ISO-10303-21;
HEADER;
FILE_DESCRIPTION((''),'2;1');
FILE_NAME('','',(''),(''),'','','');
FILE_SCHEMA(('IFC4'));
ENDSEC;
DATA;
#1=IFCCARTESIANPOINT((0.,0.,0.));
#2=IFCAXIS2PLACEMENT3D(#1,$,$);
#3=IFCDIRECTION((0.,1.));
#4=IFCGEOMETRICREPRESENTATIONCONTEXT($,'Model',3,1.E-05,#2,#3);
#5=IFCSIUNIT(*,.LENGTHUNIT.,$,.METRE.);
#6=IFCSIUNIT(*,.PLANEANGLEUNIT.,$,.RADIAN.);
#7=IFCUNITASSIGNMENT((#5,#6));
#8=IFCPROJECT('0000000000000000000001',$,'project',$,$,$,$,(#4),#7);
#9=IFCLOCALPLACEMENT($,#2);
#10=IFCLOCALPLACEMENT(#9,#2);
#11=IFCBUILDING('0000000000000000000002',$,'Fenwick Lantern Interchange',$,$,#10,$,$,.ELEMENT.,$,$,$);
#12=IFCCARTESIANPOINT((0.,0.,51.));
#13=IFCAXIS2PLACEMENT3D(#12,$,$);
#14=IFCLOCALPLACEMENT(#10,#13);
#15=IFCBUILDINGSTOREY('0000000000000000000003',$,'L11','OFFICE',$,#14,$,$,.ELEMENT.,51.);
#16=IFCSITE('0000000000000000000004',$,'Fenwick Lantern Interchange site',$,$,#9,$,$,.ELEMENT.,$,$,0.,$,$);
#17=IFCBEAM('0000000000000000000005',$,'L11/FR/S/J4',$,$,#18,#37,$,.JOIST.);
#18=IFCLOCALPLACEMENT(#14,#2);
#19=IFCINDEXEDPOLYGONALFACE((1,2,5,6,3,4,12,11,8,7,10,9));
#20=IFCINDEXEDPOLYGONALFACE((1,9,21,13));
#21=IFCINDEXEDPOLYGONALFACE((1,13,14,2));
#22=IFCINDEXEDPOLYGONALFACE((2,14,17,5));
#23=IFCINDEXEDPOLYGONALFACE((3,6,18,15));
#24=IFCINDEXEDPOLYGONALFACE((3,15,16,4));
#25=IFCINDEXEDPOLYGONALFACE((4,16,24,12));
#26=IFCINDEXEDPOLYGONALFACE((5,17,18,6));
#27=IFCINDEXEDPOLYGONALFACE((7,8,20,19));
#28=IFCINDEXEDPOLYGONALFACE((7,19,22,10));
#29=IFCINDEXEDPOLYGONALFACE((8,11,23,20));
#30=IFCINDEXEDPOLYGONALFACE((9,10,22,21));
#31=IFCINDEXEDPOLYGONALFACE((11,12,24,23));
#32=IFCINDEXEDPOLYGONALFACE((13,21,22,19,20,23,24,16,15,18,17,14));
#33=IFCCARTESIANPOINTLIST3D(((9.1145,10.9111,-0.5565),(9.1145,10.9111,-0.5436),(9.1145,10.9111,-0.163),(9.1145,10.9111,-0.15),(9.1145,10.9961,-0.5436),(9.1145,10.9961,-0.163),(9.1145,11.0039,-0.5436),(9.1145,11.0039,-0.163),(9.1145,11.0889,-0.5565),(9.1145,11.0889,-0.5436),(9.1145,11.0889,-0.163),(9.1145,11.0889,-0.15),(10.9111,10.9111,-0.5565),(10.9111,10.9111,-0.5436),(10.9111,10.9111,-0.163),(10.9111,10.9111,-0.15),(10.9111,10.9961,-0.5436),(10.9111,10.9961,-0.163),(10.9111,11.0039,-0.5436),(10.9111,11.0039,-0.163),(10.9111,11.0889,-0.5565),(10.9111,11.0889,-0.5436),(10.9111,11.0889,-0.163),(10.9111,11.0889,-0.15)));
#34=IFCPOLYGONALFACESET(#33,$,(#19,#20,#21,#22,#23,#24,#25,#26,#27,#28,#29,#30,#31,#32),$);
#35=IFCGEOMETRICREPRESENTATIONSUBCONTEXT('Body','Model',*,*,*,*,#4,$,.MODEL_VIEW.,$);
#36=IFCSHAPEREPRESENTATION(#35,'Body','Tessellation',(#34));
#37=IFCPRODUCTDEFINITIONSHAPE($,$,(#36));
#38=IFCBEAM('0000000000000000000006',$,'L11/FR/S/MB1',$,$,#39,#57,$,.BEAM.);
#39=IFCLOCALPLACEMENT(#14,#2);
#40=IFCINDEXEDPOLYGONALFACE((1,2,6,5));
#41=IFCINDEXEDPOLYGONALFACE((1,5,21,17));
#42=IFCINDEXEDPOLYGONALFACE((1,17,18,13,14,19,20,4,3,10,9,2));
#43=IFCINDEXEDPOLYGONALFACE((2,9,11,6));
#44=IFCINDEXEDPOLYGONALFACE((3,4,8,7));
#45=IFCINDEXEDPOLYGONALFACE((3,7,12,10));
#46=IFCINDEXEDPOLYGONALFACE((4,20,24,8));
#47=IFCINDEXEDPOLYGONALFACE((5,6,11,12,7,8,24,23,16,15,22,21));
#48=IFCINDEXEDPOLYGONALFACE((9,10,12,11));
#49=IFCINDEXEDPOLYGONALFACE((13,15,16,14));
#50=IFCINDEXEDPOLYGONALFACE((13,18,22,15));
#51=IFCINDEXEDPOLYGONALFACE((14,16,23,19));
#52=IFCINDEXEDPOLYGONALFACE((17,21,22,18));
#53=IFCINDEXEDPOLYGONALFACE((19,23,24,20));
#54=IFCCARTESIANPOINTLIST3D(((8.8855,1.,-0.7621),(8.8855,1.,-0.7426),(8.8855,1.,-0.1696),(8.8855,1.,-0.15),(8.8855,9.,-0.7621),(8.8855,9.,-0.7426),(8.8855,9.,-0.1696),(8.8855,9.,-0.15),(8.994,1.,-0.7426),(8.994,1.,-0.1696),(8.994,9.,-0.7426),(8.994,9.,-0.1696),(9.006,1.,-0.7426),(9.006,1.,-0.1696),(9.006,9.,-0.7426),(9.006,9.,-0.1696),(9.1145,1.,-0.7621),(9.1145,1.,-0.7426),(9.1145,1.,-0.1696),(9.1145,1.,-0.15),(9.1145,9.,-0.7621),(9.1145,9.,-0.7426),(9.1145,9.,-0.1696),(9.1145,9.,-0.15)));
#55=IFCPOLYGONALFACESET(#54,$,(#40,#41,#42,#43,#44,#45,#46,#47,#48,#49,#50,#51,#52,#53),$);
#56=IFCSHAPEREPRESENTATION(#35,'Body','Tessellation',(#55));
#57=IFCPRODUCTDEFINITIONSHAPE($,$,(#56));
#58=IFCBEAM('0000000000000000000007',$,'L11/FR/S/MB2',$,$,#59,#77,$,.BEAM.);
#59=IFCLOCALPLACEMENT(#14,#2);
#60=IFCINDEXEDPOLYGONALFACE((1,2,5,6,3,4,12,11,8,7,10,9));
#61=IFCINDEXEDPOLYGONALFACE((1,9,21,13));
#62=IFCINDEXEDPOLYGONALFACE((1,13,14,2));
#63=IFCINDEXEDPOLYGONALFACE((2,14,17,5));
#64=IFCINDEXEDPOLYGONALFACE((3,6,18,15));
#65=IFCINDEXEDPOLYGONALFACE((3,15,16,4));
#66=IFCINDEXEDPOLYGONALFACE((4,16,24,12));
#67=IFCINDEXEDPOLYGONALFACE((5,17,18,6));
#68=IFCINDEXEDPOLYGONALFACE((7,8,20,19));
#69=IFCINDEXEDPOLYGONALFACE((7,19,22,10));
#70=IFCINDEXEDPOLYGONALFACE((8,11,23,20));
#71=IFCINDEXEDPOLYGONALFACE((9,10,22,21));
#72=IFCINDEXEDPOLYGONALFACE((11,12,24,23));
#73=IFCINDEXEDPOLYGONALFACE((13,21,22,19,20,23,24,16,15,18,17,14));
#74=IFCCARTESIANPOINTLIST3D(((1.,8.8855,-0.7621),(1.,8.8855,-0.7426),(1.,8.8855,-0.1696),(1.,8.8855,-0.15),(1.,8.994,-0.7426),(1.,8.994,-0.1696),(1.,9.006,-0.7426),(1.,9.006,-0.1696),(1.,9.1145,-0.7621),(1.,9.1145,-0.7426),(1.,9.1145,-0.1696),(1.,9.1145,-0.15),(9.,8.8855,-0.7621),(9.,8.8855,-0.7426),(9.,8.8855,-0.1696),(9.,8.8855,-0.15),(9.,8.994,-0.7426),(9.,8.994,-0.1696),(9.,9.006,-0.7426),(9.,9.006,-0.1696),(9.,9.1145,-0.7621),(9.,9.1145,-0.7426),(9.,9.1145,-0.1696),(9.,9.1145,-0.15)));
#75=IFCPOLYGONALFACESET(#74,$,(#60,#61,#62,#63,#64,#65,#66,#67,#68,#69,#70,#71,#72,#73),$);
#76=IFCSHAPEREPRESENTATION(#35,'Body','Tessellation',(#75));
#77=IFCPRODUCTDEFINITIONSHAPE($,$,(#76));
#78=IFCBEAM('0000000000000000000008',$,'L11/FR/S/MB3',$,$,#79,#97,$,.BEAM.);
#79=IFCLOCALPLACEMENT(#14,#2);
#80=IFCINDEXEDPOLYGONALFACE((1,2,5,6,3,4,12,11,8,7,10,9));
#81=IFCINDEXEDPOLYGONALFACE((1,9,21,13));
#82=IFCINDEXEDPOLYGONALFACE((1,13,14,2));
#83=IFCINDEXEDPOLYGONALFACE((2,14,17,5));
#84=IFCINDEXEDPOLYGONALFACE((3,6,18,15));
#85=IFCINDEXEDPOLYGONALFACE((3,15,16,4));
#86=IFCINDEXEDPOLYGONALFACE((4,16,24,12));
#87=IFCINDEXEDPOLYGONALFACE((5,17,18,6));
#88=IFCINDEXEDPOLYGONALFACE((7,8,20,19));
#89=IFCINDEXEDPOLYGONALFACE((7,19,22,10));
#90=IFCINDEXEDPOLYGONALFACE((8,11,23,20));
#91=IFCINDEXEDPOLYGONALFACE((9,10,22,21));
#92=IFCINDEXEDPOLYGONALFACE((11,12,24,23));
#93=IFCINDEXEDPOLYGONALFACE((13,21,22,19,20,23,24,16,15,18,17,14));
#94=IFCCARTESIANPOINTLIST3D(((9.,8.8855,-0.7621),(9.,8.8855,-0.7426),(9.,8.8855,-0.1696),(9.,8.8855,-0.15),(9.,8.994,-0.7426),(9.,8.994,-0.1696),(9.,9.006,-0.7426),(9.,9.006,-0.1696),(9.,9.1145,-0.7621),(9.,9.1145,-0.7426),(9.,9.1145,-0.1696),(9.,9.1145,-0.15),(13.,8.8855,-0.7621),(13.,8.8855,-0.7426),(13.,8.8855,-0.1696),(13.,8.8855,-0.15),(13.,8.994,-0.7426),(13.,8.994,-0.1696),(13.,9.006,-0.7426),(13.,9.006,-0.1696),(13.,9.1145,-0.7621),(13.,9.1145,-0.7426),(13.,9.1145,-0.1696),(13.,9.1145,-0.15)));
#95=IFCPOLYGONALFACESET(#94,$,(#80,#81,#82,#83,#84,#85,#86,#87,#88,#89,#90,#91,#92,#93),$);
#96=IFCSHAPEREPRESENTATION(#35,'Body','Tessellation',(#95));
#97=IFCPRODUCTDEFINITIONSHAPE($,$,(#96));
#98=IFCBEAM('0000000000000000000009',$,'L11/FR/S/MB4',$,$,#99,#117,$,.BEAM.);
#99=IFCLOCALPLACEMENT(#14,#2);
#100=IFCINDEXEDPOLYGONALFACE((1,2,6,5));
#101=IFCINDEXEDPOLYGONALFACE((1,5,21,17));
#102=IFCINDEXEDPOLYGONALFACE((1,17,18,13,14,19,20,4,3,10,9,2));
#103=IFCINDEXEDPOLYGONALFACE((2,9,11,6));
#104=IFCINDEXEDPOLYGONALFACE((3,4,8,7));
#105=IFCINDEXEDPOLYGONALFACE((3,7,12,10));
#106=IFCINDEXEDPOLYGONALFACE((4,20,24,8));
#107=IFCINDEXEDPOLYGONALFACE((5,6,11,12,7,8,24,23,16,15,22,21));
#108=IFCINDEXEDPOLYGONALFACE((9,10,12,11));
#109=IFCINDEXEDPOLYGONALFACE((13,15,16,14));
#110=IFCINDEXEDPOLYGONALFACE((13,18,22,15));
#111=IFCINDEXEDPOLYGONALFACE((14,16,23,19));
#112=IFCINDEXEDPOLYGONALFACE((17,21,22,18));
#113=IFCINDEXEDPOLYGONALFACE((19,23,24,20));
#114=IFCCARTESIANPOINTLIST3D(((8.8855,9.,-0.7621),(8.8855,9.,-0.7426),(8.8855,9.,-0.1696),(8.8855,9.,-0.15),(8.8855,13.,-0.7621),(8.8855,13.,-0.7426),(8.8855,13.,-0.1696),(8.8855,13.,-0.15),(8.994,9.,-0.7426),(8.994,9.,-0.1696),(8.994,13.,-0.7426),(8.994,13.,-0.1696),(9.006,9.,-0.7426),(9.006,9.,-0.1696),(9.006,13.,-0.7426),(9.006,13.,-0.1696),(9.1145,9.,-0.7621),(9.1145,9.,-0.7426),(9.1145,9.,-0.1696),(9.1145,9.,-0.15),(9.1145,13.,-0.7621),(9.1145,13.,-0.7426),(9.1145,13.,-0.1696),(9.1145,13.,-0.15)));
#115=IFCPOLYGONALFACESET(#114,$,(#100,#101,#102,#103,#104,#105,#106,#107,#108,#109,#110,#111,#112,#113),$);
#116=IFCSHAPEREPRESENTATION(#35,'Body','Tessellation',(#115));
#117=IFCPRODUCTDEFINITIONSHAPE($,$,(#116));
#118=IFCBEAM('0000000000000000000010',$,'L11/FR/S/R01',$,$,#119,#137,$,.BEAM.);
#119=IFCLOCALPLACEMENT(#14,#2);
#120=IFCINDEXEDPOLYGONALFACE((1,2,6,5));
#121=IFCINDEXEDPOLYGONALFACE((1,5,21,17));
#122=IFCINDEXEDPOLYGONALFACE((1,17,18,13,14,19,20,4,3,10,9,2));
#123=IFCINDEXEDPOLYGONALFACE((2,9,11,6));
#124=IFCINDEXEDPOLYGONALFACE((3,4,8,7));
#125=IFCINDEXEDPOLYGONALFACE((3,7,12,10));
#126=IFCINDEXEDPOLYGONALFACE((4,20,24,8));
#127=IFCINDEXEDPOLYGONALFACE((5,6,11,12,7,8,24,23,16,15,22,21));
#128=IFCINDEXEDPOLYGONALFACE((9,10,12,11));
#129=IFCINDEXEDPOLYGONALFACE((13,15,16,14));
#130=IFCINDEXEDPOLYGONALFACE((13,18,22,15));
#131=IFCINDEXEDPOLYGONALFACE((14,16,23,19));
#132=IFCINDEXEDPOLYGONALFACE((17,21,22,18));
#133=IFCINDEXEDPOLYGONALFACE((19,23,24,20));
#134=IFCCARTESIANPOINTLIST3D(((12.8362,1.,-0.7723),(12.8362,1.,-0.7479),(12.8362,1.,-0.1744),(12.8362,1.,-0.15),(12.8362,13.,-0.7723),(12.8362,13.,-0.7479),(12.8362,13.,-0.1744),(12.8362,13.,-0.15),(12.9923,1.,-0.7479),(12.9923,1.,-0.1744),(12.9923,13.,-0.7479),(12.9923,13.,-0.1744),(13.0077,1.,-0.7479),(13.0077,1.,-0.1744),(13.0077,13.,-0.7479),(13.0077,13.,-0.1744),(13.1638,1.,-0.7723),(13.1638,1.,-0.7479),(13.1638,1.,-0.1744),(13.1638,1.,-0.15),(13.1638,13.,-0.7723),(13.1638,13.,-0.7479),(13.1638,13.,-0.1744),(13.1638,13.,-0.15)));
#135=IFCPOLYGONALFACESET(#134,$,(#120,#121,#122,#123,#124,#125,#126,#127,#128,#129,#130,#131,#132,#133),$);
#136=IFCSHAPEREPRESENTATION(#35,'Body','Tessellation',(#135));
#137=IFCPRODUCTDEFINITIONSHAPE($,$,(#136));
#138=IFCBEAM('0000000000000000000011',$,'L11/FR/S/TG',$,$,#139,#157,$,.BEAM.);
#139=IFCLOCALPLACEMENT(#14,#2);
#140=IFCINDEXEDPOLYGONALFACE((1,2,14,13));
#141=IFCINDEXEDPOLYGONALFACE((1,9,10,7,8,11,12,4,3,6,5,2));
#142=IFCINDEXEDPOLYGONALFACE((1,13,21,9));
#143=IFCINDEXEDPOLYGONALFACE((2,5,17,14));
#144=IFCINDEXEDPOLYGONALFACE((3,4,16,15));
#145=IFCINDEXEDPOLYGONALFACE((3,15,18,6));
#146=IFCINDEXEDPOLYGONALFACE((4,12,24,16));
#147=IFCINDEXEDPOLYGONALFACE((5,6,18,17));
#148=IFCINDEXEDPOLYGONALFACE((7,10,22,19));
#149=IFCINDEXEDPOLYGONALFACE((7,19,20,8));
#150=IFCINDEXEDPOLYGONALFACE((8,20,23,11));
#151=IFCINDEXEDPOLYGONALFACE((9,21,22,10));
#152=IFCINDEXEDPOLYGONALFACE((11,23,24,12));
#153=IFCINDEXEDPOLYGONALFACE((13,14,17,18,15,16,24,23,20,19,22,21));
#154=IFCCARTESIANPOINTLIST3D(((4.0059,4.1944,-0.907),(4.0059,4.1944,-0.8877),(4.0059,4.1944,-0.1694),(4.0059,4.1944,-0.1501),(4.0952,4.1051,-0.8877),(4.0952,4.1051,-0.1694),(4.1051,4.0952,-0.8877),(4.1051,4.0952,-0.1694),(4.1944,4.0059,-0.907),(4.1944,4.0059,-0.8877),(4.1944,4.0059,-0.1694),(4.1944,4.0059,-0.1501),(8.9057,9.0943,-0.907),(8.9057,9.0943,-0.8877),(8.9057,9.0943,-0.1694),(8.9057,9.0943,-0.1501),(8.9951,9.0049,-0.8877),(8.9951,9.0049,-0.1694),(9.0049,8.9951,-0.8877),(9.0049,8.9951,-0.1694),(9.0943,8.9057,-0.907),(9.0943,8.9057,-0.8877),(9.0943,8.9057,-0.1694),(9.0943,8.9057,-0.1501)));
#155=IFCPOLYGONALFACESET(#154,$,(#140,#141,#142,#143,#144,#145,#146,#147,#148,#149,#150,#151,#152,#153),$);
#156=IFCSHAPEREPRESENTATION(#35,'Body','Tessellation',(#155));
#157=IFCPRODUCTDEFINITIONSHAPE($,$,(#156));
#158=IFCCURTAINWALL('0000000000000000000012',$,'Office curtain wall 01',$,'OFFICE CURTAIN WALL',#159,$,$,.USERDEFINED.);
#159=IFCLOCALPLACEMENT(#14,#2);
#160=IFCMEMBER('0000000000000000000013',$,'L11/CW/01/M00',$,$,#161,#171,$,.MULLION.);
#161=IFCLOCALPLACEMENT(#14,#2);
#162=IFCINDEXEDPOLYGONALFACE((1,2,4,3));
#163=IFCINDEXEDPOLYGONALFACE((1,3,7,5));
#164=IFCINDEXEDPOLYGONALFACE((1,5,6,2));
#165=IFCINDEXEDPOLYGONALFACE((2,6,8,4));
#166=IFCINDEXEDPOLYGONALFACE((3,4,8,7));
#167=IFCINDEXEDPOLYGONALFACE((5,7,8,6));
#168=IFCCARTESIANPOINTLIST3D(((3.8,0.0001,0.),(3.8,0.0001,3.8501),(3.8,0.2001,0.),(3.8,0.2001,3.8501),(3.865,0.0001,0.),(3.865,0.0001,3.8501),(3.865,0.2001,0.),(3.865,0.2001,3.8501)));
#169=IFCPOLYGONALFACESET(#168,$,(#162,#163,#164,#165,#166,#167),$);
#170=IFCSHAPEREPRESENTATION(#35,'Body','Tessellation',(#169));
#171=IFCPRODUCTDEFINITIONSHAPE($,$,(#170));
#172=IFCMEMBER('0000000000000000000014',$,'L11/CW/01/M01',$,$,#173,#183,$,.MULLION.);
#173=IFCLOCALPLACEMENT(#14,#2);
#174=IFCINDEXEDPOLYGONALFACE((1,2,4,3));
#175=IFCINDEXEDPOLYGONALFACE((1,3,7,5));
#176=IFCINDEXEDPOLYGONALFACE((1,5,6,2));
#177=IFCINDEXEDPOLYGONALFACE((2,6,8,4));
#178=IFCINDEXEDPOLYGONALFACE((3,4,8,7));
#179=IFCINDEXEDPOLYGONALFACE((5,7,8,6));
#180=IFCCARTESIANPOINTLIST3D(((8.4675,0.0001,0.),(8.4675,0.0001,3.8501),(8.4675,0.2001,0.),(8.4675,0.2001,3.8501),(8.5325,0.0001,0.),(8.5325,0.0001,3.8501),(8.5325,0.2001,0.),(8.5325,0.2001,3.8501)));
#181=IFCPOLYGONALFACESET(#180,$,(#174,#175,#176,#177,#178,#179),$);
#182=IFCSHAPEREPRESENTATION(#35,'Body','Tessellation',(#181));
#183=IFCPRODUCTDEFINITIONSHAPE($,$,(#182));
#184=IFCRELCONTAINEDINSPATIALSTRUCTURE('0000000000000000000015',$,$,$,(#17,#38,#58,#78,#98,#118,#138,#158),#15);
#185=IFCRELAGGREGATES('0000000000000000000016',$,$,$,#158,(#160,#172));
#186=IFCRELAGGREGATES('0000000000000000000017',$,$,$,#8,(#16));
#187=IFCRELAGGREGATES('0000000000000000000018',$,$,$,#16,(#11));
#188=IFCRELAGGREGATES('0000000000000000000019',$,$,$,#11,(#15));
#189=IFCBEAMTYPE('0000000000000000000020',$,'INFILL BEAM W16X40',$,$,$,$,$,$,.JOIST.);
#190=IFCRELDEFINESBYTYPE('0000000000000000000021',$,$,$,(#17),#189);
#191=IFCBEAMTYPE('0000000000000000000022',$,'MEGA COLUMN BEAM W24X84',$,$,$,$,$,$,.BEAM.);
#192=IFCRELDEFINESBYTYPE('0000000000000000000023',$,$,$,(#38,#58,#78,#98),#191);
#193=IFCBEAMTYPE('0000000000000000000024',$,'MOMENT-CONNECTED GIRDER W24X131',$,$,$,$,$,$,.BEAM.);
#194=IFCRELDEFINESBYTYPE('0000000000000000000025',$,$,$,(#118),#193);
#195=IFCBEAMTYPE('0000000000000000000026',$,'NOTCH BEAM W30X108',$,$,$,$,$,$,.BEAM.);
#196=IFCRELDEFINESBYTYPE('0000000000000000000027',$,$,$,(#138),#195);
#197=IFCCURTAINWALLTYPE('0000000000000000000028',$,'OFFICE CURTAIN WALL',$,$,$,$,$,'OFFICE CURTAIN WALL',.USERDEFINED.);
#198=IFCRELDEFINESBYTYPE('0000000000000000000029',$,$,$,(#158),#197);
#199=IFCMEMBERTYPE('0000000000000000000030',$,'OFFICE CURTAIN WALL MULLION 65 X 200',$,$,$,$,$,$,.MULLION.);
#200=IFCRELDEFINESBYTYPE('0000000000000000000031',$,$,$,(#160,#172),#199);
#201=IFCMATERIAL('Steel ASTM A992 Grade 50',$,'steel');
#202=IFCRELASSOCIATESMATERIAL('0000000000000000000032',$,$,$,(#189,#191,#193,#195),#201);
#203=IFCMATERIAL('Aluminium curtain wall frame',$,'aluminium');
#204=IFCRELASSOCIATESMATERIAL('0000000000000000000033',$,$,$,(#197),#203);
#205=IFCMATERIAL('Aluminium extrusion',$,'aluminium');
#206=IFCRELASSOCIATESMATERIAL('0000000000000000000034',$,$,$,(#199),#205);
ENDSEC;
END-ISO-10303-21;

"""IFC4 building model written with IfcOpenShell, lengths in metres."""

from ifc_helpers import new_model, si_unit, direction, frame, origin, origin_2d, place, context, subcontext, project, spatial, rectangle, i_section, extrude, material, material_profile, profile_set, type_object, element, aggregate, save


model = new_model("IFC4")

# Units and contexts
model_context = context("Model", 3, precision=1e-05, world=origin(), true_north=direction((0.0, 1.0)))
body_context = subcontext(model_context, "Body", "Model", "MODEL_VIEW")
ifc_project = project(units=[si_unit("LENGTHUNIT", "METRE"), si_unit("PLANEANGLEUNIT", "RADIAN")], contexts=[model_context])

# Site, building, storey
site_placement = place(None, origin())
site = spatial("IfcSite", under=ifc_project, at=site_placement, Name="Fenwick Lantern Interchange site", CompositionType="ELEMENT", RefElevation=0.0)
building_placement = place(site_placement, origin())
building = spatial("IfcBuilding", under=site, at=building_placement, Name="Fenwick Lantern Interchange", CompositionType="ELEMENT")
storey_placement = place(building_placement, frame((0.0, 0.0, 51.0)))
storey = spatial("IfcBuildingStorey", under=building, at=storey_placement, Name="L11", Description="OFFICE", CompositionType="ELEMENT", Elevation=51.0)

# Beams
ifc_material_1 = material(Name="Steel ASTM A992 Grade 50", Category="steel")
ifc_material_profile_1 = material_profile(ifc_material_1, i_section(OverallWidth=0.1777, OverallDepth=0.4065, WebThickness=0.0078, FlangeThickness=0.0129, at=origin_2d()), Name="W16X40")
ifc_profile_set_1 = profile_set([ifc_material_profile_1], Name="Steel ASTM A992 Grade 50")
beam_type_1 = type_object("IfcBeamType", Name="INFILL BEAM W16X40", PredefinedType="JOIST", material=ifc_profile_set_1)
beam_1_placement = place(storey_placement, frame((9.1145, 11.0, -0.3533), z_axis=(1.0, 0.0, 0.0), x_axis=(0.0, 1.0, 0.0)))
element("IfcBeam", 1, at=beam_1_placement, inside=storey, type_object=beam_type_1, Name="L11/FR/S/J4", PredefinedType="JOIST", context=body_context, shape_type="SweptSolid", body=[
    extrude(i_section(OverallWidth=0.1777, OverallDepth=0.4065, WebThickness=0.0078, FlangeThickness=0.0129, at=origin_2d()), origin(), (0.0, 0.0, 1.0), 1.7966),
])
ifc_material_profile_2 = material_profile(ifc_material_1, i_section(OverallWidth=0.229, OverallDepth=0.6121, WebThickness=0.012, FlangeThickness=0.0195, at=origin_2d()), Name="W24X84")
ifc_profile_set_2 = profile_set([ifc_material_profile_2], Name="Steel ASTM A992 Grade 50")
beam_type_2 = type_object("IfcBeamType", Name="MEGA COLUMN BEAM W24X84", PredefinedType="BEAM", material=ifc_profile_set_2)
for number, where, z_axis, x_axis, name in (
    (2, (9.0, 9.0, -0.4561), (0.0, -1.0, 0.0), (1.0, 0.0, 0.0), "L11/FR/S/MB1"),
    (3, (9.0, 9.0, -0.4561), (-1.0, 0.0, 0.0), (0.0, -1.0, 0.0), "L11/FR/S/MB2"),
):
    element("IfcBeam", number, at=place(storey_placement, frame(where, z_axis=z_axis, x_axis=x_axis)), inside=storey, type_object=beam_type_2, Name=name, PredefinedType="BEAM", context=body_context, shape_type="SweptSolid", body=[
        extrude(i_section(OverallWidth=0.229, OverallDepth=0.6121, WebThickness=0.012, FlangeThickness=0.0195, at=origin_2d()), origin(), (0.0, 0.0, 1.0), 8.0),
    ])
for number, where, z_axis, x_axis, name in (
    (4, (9.0, 9.0, -0.4561), (1.0, 0.0, 0.0), (0.0, 1.0, 0.0), "L11/FR/S/MB3"),
    (5, (9.0, 9.0, -0.4561), (0.0, 1.0, 0.0), (-1.0, 0.0, 0.0), "L11/FR/S/MB4"),
):
    element("IfcBeam", number, at=place(storey_placement, frame(where, z_axis=z_axis, x_axis=x_axis)), inside=storey, type_object=beam_type_2, Name=name, PredefinedType="BEAM", context=body_context, shape_type="SweptSolid", body=[
        extrude(i_section(OverallWidth=0.229, OverallDepth=0.6121, WebThickness=0.012, FlangeThickness=0.0195, at=origin_2d()), origin(), (0.0, 0.0, 1.0), 4.0),
    ])
ifc_material_profile_3 = material_profile(ifc_material_1, i_section(OverallWidth=0.3276, OverallDepth=0.6223, WebThickness=0.0154, FlangeThickness=0.0244, at=origin_2d()), Name="W24X131")
ifc_profile_set_3 = profile_set([ifc_material_profile_3], Name="Steel ASTM A992 Grade 50")
beam_type_3 = type_object("IfcBeamType", Name="MOMENT-CONNECTED GIRDER W24X131", PredefinedType="BEAM", material=ifc_profile_set_3)
beam_2_placement = place(storey_placement, frame((13.0, 1.0, -0.4612), z_axis=(0.0, 1.0, 0.0), x_axis=(-1.0, 0.0, 0.0)))
element("IfcBeam", 6, at=beam_2_placement, inside=storey, type_object=beam_type_3, Name="L11/FR/S/R01", PredefinedType="BEAM", context=body_context, shape_type="SweptSolid", body=[
    extrude(i_section(OverallWidth=0.3276, OverallDepth=0.6223, WebThickness=0.0154, FlangeThickness=0.0244, at=origin_2d()), origin(), (0.0, 0.0, 1.0), 12.0),
])
ifc_material_profile_4 = material_profile(ifc_material_1, i_section(OverallWidth=0.2666, OverallDepth=0.7568, WebThickness=0.0139, FlangeThickness=0.0193, at=origin_2d()), Name="W30X108")
ifc_profile_set_4 = profile_set([ifc_material_profile_4], Name="Steel ASTM A992 Grade 50")
beam_type_4 = type_object("IfcBeamType", Name="NOTCH BEAM W30X108", PredefinedType="BEAM", material=ifc_profile_set_4)
beam_3_placement = place(storey_placement, frame((9.0, 9.0, -0.5286), z_axis=(-0.707107, -0.707107, 0.0), x_axis=(0.707107, -0.707107, 0.0)))
element("IfcBeam", 7, at=beam_3_placement, inside=storey, type_object=beam_type_4, Name="L11/FR/S/TG", PredefinedType="BEAM", context=body_context, shape_type="SweptSolid", body=[
    extrude(i_section(OverallWidth=0.2666, OverallDepth=0.7568, WebThickness=0.0139, FlangeThickness=0.0193, at=origin_2d()), origin(), (0.0, 0.0, 1.0), 6.9294),
])

# Curtain wall, members
ifc_material_2 = material(Name="Aluminium curtain wall frame", Category="aluminium")
curtain_wall_type = type_object("IfcCurtainWallType", Name="OFFICE CURTAIN WALL", ElementType="OFFICE CURTAIN WALL", PredefinedType="USERDEFINED", material=ifc_material_2)
curtain_wall_1_placement = place(storey_placement, origin())
curtain_wall_1 = element("IfcCurtainWall", 8, at=curtain_wall_1_placement, inside=storey, type_object=curtain_wall_type, Name="Office curtain wall 01", ObjectType="OFFICE CURTAIN WALL", PredefinedType="USERDEFINED")
ifc_material_3 = material(Name="Aluminium extrusion", Category="aluminium")
ifc_material_profile_5 = material_profile(ifc_material_3, rectangle(XDim=0.2, YDim=0.0649, at=origin_2d()), Name="OFFICE CURTAIN WALL MULLION 65 X 200")
ifc_profile_set_5 = profile_set([ifc_material_profile_5], Name="Aluminium extrusion")
member_type_1 = type_object("IfcMemberType", Name="OFFICE CURTAIN WALL MULLION 65 X 200", PredefinedType="MULLION", material=ifc_profile_set_5)
member_1_placement = place(storey_placement, frame((3.8325, 0.1001, 0.0), z_axis=(0.0, 0.0, 1.0), x_axis=(0.0, 1.0, 0.0)))
member_1 = element("IfcMember", 9, at=member_1_placement, type_object=member_type_1, Name="L11/CW/01/M00", PredefinedType="MULLION", context=body_context, shape_type="SweptSolid", body=[
    extrude(rectangle(XDim=0.2, YDim=0.0649, at=origin_2d()), origin(), (0.0, 0.0, 1.0), 3.8501),
])
member_2_placement = place(storey_placement, frame((8.5, 0.1001, 0.0), z_axis=(0.0, 0.0, 1.0), x_axis=(0.0, 1.0, 0.0)))
member_2 = element("IfcMember", 10, at=member_2_placement, type_object=member_type_1, Name="L11/CW/01/M01", PredefinedType="MULLION", context=body_context, shape_type="SweptSolid", body=[
    extrude(rectangle(XDim=0.2, YDim=0.0649, at=origin_2d()), origin(), (0.0, 0.0, 1.0), 3.8501),
])

aggregate(curtain_wall_1, [member_1, member_2])

save(model, "model.ifc")
